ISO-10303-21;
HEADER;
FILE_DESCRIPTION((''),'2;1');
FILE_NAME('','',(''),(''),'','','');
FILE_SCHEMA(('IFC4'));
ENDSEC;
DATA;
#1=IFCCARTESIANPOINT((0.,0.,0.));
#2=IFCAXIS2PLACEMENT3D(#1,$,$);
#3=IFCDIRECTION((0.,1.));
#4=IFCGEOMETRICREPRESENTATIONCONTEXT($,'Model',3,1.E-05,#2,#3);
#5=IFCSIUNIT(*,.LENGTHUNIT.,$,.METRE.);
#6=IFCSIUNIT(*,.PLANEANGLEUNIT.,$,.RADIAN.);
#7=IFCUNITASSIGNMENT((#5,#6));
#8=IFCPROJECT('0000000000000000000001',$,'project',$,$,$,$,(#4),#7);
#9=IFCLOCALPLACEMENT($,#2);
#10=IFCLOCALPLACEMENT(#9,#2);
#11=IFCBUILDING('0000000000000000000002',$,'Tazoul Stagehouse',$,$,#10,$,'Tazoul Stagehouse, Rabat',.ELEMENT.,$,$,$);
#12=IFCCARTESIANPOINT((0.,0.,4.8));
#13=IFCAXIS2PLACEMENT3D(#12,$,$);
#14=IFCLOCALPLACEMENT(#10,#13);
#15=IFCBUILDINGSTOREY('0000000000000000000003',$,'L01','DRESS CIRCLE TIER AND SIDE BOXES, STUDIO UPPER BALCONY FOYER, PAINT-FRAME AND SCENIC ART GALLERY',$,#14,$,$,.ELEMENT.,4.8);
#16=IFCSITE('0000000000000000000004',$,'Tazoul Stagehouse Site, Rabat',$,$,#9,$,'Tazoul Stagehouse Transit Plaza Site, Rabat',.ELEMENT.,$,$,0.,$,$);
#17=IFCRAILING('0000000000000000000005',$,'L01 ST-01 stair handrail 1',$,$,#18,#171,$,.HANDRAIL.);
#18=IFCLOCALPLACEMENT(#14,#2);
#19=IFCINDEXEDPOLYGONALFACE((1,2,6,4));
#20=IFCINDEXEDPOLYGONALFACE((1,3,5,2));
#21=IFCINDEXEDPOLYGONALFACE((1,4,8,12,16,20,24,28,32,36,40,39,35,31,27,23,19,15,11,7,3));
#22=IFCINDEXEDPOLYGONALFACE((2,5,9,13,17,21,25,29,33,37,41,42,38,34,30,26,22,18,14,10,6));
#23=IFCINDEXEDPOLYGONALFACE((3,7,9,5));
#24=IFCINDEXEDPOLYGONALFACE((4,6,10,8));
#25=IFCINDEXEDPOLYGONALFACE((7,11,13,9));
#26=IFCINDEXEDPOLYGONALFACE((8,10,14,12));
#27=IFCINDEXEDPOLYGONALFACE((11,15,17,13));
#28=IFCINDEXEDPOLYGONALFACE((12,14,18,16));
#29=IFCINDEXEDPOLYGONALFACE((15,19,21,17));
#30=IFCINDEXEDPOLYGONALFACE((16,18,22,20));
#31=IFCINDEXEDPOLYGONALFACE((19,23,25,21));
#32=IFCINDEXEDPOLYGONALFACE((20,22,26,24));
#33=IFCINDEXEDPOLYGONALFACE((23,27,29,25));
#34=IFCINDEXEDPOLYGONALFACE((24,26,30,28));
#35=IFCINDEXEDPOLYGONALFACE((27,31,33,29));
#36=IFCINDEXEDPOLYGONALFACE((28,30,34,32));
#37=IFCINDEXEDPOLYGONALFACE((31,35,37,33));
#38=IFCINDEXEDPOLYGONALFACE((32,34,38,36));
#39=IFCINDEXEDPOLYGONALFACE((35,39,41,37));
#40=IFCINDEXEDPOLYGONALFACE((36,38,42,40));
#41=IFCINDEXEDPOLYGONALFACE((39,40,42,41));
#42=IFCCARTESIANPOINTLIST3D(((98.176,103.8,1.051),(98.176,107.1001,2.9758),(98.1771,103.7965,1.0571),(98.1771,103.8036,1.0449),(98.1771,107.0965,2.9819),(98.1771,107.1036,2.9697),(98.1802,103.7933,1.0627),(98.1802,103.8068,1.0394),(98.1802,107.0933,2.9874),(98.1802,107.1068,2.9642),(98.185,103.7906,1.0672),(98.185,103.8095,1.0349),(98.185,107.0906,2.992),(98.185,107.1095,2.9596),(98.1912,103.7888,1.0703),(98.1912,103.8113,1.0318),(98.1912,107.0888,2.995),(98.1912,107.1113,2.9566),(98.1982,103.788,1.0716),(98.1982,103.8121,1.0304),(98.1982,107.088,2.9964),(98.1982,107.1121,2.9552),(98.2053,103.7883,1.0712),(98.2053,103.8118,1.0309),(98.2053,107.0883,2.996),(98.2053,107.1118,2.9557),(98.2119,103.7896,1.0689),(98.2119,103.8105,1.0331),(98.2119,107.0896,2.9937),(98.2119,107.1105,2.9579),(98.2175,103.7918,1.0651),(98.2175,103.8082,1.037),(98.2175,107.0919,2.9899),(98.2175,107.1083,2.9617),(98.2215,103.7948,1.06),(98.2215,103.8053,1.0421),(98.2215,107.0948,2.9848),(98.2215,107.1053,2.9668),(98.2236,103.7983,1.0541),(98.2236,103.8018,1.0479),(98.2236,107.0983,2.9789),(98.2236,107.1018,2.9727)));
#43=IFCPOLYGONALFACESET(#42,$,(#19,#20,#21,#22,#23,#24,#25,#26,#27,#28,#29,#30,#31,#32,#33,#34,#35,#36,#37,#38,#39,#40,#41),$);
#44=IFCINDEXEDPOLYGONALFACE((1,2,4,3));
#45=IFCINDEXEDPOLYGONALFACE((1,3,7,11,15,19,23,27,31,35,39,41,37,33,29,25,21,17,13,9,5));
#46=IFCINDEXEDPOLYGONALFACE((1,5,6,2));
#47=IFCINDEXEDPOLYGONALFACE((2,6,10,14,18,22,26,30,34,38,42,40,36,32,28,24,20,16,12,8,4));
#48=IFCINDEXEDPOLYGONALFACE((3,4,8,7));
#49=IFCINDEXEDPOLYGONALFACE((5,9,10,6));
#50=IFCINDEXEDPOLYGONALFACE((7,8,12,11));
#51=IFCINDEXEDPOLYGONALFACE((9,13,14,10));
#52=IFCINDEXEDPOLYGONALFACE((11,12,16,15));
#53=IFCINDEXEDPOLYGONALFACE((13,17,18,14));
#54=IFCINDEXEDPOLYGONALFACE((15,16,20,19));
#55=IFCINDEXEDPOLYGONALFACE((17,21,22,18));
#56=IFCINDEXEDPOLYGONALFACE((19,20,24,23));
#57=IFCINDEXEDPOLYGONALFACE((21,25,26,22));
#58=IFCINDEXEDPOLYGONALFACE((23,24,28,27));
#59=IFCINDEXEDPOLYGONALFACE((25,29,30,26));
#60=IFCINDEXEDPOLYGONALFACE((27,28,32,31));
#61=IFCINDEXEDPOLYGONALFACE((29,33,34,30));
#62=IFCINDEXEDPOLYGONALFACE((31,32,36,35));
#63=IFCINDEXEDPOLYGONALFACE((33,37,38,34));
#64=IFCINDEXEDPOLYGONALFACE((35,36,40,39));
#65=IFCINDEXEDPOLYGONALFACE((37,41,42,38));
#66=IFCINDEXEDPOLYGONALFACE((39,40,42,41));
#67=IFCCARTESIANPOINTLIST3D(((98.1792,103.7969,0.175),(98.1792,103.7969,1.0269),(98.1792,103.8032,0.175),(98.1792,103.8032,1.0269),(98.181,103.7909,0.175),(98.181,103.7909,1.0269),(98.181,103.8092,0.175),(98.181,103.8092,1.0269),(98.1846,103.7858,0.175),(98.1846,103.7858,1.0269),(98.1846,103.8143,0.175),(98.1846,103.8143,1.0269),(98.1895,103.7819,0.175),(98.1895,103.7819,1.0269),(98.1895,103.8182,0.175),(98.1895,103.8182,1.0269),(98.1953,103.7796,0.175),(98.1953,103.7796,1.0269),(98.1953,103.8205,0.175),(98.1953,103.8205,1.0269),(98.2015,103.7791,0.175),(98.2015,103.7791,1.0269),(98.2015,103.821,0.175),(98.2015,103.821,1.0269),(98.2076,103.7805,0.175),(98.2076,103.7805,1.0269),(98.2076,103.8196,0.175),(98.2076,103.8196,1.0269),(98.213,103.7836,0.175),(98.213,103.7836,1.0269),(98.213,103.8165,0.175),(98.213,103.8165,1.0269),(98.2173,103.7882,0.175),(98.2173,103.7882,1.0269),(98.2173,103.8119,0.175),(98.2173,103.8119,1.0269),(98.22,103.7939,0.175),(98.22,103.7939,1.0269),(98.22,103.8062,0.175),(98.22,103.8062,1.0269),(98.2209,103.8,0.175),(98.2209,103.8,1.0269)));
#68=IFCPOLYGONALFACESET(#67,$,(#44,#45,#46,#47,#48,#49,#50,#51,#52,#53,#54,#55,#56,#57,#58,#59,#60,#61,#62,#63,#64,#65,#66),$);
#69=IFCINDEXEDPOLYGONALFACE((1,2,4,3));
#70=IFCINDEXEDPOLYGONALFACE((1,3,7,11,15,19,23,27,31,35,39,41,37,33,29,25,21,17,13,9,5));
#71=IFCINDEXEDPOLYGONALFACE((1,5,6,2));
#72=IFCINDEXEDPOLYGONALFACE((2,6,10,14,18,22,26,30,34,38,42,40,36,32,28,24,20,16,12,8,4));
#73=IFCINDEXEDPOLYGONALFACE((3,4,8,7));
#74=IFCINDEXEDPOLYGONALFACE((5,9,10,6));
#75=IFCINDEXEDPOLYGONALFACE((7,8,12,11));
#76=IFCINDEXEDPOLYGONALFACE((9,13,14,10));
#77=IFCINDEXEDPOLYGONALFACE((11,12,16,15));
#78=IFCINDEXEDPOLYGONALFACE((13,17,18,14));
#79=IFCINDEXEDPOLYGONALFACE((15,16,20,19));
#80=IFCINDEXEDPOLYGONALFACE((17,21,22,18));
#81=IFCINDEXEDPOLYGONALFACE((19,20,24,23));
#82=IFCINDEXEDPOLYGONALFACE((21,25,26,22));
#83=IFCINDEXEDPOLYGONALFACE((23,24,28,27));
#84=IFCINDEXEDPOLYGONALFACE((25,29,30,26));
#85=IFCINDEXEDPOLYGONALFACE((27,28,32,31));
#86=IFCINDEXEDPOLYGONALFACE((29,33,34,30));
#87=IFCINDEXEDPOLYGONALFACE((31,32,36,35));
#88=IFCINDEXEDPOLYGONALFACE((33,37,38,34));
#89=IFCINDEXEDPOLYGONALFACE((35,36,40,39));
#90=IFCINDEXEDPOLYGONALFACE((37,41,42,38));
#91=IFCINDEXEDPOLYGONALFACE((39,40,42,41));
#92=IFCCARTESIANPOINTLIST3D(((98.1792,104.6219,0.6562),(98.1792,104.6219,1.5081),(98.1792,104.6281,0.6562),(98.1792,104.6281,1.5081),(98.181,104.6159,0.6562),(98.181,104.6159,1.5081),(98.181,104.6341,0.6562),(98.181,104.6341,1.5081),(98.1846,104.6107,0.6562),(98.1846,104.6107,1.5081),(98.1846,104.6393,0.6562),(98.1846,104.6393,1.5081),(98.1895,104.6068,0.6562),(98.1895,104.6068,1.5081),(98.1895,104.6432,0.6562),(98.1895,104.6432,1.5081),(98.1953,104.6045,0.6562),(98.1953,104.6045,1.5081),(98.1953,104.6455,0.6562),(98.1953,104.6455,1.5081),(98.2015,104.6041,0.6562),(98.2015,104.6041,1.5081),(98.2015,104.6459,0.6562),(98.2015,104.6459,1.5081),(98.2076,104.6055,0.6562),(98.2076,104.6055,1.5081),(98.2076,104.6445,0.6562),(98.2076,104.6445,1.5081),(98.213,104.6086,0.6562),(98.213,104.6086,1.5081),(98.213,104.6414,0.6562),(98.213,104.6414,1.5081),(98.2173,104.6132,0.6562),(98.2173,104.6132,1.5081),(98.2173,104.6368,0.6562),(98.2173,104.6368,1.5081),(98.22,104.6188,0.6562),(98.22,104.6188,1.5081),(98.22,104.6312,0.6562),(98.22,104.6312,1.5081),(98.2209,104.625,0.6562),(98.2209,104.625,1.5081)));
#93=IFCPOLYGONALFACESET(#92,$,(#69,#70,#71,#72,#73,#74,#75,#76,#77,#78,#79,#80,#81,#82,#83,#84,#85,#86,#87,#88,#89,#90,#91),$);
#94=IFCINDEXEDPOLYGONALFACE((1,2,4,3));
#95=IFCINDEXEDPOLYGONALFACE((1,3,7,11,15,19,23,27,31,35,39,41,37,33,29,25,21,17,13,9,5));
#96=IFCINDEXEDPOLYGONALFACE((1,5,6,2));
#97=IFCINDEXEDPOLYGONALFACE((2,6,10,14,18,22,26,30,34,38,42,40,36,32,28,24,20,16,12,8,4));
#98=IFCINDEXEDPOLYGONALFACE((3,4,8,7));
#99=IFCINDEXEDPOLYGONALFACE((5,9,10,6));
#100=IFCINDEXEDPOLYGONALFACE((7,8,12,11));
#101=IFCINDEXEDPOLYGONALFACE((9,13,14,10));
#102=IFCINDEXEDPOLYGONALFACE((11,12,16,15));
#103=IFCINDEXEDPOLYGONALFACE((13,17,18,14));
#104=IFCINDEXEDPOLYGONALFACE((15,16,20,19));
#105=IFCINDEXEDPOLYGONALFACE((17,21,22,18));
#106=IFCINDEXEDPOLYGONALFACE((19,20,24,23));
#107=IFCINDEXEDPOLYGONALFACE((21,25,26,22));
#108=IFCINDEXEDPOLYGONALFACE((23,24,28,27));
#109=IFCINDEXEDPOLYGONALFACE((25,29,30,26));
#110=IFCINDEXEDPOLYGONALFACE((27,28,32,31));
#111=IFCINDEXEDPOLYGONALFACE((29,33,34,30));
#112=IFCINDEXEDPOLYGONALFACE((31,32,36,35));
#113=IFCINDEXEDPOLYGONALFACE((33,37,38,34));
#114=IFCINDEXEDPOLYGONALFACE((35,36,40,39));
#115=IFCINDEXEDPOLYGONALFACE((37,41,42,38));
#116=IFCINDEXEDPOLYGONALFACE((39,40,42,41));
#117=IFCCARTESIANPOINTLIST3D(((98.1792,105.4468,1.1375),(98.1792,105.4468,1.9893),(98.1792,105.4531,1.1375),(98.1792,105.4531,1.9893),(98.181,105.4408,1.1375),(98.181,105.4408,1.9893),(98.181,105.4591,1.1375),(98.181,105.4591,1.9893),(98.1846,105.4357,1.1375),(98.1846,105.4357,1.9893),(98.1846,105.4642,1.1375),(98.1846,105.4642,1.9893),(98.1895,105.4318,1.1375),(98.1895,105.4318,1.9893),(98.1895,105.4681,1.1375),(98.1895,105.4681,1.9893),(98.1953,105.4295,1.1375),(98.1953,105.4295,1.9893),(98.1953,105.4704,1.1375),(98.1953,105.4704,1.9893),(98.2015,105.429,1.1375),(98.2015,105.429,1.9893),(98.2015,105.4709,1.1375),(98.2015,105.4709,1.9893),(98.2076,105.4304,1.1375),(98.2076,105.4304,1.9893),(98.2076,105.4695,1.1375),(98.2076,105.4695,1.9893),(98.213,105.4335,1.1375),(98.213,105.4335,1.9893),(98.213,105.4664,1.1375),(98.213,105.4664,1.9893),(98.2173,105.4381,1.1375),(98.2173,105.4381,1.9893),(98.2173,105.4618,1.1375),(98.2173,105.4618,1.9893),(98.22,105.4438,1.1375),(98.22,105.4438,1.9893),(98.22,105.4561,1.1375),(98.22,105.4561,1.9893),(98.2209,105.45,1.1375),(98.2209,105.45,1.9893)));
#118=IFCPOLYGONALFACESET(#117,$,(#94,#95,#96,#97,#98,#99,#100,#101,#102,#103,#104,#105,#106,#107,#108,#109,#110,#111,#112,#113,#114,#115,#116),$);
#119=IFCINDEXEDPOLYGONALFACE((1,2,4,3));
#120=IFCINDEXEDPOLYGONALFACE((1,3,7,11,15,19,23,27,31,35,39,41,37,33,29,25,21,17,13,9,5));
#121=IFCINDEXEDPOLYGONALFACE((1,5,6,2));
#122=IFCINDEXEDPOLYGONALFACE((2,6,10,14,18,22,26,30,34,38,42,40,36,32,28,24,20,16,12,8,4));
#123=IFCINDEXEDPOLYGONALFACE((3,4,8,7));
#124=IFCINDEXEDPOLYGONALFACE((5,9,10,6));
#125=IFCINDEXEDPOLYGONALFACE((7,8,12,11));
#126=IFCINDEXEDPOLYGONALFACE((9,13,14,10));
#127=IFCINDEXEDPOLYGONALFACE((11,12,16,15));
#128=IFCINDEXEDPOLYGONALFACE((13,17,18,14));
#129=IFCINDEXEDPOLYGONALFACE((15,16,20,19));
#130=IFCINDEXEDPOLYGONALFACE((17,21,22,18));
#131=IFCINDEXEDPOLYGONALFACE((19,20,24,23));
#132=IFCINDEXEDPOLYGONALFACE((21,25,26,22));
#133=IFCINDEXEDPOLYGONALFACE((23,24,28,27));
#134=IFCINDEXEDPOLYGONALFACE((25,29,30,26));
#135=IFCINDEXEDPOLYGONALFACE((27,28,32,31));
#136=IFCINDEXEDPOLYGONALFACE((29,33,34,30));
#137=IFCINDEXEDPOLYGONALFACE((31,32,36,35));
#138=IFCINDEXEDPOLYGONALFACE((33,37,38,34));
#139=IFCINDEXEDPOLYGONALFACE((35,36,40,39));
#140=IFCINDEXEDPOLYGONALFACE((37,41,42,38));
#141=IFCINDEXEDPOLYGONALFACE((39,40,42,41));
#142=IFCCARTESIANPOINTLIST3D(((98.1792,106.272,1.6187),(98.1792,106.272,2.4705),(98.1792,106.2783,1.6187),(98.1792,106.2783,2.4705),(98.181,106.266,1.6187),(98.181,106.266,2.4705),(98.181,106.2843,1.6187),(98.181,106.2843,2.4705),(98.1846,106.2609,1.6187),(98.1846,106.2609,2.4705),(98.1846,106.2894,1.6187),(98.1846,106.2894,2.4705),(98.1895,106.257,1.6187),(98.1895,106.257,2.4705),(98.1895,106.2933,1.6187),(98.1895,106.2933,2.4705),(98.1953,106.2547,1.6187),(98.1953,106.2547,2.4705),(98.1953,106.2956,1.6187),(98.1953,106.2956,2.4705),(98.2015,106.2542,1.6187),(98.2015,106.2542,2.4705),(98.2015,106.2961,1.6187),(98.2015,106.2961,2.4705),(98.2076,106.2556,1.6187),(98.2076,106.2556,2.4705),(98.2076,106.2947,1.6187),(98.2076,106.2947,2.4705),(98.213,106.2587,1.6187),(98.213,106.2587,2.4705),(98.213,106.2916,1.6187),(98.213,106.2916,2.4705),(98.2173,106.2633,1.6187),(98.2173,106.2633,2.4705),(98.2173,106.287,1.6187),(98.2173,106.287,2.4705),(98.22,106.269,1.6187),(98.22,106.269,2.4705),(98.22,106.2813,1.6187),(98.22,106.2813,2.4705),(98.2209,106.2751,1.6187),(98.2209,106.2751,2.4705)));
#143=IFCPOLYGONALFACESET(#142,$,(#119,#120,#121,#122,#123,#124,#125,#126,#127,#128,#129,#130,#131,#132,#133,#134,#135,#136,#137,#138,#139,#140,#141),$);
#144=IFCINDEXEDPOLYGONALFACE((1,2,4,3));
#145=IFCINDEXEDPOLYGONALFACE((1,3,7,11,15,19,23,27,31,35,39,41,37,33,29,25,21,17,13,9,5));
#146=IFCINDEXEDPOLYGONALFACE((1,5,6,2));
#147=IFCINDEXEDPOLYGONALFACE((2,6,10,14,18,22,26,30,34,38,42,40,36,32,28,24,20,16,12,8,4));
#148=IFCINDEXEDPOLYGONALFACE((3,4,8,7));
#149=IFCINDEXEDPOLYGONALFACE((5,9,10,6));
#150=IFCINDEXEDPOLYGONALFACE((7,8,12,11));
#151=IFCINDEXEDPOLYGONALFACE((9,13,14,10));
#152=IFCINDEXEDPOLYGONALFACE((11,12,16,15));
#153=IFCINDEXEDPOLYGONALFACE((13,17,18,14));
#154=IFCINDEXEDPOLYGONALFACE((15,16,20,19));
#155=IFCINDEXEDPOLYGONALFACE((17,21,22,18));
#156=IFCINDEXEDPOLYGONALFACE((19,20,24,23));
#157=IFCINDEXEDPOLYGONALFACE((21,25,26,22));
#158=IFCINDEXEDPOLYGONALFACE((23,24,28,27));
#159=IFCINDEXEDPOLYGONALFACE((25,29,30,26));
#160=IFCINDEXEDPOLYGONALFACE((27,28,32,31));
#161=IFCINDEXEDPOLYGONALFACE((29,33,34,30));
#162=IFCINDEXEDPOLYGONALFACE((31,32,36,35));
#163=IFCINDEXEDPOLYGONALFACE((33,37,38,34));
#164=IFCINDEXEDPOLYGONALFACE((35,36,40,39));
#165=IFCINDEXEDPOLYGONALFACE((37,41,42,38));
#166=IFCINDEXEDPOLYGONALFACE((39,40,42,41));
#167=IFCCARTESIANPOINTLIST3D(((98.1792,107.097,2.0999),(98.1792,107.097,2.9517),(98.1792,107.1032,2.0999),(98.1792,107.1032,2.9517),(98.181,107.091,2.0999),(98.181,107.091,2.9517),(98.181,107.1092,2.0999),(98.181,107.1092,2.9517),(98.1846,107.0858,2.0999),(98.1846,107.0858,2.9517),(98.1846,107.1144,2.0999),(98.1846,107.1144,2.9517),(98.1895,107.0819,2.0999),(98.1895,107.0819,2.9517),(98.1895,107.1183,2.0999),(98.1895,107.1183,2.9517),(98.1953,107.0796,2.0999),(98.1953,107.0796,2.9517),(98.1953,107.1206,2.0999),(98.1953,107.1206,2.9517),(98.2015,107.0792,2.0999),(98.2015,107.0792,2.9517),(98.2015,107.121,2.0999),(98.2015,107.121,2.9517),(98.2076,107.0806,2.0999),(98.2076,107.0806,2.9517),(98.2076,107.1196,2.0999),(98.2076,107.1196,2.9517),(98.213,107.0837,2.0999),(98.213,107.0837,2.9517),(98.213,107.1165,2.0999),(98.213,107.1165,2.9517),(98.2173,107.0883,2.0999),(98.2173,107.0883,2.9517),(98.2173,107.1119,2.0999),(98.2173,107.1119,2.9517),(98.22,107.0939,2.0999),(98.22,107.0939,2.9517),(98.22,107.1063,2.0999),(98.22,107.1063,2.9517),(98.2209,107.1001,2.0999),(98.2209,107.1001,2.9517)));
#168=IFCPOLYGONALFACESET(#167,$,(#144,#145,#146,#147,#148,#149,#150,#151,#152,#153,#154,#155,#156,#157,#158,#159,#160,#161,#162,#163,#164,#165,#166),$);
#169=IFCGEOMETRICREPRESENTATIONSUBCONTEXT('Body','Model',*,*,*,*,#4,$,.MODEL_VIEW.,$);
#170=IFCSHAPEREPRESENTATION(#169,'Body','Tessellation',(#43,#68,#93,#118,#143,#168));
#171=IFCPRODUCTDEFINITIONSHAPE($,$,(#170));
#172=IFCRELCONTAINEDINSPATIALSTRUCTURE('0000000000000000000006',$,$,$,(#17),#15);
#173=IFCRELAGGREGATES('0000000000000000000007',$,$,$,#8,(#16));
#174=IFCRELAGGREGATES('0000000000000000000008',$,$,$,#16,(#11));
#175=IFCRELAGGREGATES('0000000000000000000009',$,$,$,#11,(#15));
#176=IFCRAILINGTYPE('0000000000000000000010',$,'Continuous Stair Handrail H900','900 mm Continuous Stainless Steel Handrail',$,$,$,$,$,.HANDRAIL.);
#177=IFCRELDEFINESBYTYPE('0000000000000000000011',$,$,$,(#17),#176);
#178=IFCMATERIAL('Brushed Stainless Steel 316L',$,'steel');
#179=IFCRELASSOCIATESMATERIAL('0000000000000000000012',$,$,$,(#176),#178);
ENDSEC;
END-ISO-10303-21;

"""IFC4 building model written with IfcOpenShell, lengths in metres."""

from ifc_helpers import new_model, si_unit, direction, frame, origin, origin_2d, place, context, subcontext, project, spatial, circle, extrude, material, material_profile, profile_set, type_object, element, save


model = new_model("IFC4")

# Units and contexts
model_context = context("Model", 3, precision=1e-05, world=origin(), true_north=direction((0.0, 1.0)))
body_context = subcontext(model_context, "Body", "Model", "MODEL_VIEW")
ifc_project = project(units=[si_unit("LENGTHUNIT", "METRE"), si_unit("PLANEANGLEUNIT", "RADIAN")], contexts=[model_context])

# Site, building, storey
site_placement = place(None, origin())
site = spatial("IfcSite", under=ifc_project, at=site_placement, Name="Tazoul Stagehouse Site, Rabat", LongName="Tazoul Stagehouse Transit Plaza Site, Rabat", CompositionType="ELEMENT", RefElevation=0.0)
building_placement = place(site_placement, origin())
building = spatial("IfcBuilding", under=site, at=building_placement, Name="Tazoul Stagehouse", LongName="Tazoul Stagehouse, Rabat", CompositionType="ELEMENT")
storey_placement = place(building_placement, frame((0.0, 0.0, 4.8)))
storey = spatial("IfcBuildingStorey", under=building, at=storey_placement, Name="L01", Description="DRESS CIRCLE TIER AND SIDE BOXES, STUDIO UPPER BALCONY FOYER, PAINT-FRAME AND SCENIC ART GALLERY", CompositionType="ELEMENT", Elevation=4.8)

# Railing
ifc_material_1 = material(Name="Brushed Stainless Steel 316L", Category="steel")
ifc_material_profile_1 = material_profile(ifc_material_1, circle(Radius=0.021, at=origin_2d()), Name="SS HANDRAIL D42")
ifc_profile_set_1 = profile_set([ifc_material_profile_1], Name="Brushed Stainless Steel 316L")
railing_type_1 = type_object("IfcRailingType", Name="Continuous Stair Handrail H900", Description="900 mm Continuous Stainless Steel Handrail", PredefinedType="HANDRAIL", material=ifc_profile_set_1)
railing_1_placement = place(storey_placement, frame((98.2, 103.8, 0.175)))
element("IfcRailing", 1, at=railing_1_placement, inside=storey, type_object=railing_type_1, Name="L01 ST-01 stair handrail 1", PredefinedType="HANDRAIL", context=body_context, shape_type="SweptSolid", body=[
    extrude(circle(Radius=0.0239, at=origin_2d()), frame((0.0, 0.0, 0.876), z_axis=(0.0, 0.863804, 0.503827), x_axis=(-1.0, 0.0, 0.0)), (0.0, 0.0, 1.0), 3.8203),
    extrude(circle(Radius=0.021, at=origin_2d()), origin(), (0.0, 0.0, 1.0), 0.8518),
    extrude(circle(Radius=0.021, at=origin_2d()), frame((0.0, 0.825, 0.4812)), (0.0, 0.0, 1.0), 0.8518),
    extrude(circle(Radius=0.021, at=origin_2d()), frame((0.0, 1.6499, 0.9624)), (0.0, 0.0, 1.0), 0.8518),
    extrude(circle(Radius=0.021, at=origin_2d()), frame((0.0, 2.4751, 1.4436)), (0.0, 0.0, 1.0), 0.8518),
    extrude(circle(Radius=0.021, at=origin_2d()), frame((0.0, 3.3, 1.9248)), (0.0, 0.0, 1.0), 0.8518),
])

save(model, "model.ifc")
